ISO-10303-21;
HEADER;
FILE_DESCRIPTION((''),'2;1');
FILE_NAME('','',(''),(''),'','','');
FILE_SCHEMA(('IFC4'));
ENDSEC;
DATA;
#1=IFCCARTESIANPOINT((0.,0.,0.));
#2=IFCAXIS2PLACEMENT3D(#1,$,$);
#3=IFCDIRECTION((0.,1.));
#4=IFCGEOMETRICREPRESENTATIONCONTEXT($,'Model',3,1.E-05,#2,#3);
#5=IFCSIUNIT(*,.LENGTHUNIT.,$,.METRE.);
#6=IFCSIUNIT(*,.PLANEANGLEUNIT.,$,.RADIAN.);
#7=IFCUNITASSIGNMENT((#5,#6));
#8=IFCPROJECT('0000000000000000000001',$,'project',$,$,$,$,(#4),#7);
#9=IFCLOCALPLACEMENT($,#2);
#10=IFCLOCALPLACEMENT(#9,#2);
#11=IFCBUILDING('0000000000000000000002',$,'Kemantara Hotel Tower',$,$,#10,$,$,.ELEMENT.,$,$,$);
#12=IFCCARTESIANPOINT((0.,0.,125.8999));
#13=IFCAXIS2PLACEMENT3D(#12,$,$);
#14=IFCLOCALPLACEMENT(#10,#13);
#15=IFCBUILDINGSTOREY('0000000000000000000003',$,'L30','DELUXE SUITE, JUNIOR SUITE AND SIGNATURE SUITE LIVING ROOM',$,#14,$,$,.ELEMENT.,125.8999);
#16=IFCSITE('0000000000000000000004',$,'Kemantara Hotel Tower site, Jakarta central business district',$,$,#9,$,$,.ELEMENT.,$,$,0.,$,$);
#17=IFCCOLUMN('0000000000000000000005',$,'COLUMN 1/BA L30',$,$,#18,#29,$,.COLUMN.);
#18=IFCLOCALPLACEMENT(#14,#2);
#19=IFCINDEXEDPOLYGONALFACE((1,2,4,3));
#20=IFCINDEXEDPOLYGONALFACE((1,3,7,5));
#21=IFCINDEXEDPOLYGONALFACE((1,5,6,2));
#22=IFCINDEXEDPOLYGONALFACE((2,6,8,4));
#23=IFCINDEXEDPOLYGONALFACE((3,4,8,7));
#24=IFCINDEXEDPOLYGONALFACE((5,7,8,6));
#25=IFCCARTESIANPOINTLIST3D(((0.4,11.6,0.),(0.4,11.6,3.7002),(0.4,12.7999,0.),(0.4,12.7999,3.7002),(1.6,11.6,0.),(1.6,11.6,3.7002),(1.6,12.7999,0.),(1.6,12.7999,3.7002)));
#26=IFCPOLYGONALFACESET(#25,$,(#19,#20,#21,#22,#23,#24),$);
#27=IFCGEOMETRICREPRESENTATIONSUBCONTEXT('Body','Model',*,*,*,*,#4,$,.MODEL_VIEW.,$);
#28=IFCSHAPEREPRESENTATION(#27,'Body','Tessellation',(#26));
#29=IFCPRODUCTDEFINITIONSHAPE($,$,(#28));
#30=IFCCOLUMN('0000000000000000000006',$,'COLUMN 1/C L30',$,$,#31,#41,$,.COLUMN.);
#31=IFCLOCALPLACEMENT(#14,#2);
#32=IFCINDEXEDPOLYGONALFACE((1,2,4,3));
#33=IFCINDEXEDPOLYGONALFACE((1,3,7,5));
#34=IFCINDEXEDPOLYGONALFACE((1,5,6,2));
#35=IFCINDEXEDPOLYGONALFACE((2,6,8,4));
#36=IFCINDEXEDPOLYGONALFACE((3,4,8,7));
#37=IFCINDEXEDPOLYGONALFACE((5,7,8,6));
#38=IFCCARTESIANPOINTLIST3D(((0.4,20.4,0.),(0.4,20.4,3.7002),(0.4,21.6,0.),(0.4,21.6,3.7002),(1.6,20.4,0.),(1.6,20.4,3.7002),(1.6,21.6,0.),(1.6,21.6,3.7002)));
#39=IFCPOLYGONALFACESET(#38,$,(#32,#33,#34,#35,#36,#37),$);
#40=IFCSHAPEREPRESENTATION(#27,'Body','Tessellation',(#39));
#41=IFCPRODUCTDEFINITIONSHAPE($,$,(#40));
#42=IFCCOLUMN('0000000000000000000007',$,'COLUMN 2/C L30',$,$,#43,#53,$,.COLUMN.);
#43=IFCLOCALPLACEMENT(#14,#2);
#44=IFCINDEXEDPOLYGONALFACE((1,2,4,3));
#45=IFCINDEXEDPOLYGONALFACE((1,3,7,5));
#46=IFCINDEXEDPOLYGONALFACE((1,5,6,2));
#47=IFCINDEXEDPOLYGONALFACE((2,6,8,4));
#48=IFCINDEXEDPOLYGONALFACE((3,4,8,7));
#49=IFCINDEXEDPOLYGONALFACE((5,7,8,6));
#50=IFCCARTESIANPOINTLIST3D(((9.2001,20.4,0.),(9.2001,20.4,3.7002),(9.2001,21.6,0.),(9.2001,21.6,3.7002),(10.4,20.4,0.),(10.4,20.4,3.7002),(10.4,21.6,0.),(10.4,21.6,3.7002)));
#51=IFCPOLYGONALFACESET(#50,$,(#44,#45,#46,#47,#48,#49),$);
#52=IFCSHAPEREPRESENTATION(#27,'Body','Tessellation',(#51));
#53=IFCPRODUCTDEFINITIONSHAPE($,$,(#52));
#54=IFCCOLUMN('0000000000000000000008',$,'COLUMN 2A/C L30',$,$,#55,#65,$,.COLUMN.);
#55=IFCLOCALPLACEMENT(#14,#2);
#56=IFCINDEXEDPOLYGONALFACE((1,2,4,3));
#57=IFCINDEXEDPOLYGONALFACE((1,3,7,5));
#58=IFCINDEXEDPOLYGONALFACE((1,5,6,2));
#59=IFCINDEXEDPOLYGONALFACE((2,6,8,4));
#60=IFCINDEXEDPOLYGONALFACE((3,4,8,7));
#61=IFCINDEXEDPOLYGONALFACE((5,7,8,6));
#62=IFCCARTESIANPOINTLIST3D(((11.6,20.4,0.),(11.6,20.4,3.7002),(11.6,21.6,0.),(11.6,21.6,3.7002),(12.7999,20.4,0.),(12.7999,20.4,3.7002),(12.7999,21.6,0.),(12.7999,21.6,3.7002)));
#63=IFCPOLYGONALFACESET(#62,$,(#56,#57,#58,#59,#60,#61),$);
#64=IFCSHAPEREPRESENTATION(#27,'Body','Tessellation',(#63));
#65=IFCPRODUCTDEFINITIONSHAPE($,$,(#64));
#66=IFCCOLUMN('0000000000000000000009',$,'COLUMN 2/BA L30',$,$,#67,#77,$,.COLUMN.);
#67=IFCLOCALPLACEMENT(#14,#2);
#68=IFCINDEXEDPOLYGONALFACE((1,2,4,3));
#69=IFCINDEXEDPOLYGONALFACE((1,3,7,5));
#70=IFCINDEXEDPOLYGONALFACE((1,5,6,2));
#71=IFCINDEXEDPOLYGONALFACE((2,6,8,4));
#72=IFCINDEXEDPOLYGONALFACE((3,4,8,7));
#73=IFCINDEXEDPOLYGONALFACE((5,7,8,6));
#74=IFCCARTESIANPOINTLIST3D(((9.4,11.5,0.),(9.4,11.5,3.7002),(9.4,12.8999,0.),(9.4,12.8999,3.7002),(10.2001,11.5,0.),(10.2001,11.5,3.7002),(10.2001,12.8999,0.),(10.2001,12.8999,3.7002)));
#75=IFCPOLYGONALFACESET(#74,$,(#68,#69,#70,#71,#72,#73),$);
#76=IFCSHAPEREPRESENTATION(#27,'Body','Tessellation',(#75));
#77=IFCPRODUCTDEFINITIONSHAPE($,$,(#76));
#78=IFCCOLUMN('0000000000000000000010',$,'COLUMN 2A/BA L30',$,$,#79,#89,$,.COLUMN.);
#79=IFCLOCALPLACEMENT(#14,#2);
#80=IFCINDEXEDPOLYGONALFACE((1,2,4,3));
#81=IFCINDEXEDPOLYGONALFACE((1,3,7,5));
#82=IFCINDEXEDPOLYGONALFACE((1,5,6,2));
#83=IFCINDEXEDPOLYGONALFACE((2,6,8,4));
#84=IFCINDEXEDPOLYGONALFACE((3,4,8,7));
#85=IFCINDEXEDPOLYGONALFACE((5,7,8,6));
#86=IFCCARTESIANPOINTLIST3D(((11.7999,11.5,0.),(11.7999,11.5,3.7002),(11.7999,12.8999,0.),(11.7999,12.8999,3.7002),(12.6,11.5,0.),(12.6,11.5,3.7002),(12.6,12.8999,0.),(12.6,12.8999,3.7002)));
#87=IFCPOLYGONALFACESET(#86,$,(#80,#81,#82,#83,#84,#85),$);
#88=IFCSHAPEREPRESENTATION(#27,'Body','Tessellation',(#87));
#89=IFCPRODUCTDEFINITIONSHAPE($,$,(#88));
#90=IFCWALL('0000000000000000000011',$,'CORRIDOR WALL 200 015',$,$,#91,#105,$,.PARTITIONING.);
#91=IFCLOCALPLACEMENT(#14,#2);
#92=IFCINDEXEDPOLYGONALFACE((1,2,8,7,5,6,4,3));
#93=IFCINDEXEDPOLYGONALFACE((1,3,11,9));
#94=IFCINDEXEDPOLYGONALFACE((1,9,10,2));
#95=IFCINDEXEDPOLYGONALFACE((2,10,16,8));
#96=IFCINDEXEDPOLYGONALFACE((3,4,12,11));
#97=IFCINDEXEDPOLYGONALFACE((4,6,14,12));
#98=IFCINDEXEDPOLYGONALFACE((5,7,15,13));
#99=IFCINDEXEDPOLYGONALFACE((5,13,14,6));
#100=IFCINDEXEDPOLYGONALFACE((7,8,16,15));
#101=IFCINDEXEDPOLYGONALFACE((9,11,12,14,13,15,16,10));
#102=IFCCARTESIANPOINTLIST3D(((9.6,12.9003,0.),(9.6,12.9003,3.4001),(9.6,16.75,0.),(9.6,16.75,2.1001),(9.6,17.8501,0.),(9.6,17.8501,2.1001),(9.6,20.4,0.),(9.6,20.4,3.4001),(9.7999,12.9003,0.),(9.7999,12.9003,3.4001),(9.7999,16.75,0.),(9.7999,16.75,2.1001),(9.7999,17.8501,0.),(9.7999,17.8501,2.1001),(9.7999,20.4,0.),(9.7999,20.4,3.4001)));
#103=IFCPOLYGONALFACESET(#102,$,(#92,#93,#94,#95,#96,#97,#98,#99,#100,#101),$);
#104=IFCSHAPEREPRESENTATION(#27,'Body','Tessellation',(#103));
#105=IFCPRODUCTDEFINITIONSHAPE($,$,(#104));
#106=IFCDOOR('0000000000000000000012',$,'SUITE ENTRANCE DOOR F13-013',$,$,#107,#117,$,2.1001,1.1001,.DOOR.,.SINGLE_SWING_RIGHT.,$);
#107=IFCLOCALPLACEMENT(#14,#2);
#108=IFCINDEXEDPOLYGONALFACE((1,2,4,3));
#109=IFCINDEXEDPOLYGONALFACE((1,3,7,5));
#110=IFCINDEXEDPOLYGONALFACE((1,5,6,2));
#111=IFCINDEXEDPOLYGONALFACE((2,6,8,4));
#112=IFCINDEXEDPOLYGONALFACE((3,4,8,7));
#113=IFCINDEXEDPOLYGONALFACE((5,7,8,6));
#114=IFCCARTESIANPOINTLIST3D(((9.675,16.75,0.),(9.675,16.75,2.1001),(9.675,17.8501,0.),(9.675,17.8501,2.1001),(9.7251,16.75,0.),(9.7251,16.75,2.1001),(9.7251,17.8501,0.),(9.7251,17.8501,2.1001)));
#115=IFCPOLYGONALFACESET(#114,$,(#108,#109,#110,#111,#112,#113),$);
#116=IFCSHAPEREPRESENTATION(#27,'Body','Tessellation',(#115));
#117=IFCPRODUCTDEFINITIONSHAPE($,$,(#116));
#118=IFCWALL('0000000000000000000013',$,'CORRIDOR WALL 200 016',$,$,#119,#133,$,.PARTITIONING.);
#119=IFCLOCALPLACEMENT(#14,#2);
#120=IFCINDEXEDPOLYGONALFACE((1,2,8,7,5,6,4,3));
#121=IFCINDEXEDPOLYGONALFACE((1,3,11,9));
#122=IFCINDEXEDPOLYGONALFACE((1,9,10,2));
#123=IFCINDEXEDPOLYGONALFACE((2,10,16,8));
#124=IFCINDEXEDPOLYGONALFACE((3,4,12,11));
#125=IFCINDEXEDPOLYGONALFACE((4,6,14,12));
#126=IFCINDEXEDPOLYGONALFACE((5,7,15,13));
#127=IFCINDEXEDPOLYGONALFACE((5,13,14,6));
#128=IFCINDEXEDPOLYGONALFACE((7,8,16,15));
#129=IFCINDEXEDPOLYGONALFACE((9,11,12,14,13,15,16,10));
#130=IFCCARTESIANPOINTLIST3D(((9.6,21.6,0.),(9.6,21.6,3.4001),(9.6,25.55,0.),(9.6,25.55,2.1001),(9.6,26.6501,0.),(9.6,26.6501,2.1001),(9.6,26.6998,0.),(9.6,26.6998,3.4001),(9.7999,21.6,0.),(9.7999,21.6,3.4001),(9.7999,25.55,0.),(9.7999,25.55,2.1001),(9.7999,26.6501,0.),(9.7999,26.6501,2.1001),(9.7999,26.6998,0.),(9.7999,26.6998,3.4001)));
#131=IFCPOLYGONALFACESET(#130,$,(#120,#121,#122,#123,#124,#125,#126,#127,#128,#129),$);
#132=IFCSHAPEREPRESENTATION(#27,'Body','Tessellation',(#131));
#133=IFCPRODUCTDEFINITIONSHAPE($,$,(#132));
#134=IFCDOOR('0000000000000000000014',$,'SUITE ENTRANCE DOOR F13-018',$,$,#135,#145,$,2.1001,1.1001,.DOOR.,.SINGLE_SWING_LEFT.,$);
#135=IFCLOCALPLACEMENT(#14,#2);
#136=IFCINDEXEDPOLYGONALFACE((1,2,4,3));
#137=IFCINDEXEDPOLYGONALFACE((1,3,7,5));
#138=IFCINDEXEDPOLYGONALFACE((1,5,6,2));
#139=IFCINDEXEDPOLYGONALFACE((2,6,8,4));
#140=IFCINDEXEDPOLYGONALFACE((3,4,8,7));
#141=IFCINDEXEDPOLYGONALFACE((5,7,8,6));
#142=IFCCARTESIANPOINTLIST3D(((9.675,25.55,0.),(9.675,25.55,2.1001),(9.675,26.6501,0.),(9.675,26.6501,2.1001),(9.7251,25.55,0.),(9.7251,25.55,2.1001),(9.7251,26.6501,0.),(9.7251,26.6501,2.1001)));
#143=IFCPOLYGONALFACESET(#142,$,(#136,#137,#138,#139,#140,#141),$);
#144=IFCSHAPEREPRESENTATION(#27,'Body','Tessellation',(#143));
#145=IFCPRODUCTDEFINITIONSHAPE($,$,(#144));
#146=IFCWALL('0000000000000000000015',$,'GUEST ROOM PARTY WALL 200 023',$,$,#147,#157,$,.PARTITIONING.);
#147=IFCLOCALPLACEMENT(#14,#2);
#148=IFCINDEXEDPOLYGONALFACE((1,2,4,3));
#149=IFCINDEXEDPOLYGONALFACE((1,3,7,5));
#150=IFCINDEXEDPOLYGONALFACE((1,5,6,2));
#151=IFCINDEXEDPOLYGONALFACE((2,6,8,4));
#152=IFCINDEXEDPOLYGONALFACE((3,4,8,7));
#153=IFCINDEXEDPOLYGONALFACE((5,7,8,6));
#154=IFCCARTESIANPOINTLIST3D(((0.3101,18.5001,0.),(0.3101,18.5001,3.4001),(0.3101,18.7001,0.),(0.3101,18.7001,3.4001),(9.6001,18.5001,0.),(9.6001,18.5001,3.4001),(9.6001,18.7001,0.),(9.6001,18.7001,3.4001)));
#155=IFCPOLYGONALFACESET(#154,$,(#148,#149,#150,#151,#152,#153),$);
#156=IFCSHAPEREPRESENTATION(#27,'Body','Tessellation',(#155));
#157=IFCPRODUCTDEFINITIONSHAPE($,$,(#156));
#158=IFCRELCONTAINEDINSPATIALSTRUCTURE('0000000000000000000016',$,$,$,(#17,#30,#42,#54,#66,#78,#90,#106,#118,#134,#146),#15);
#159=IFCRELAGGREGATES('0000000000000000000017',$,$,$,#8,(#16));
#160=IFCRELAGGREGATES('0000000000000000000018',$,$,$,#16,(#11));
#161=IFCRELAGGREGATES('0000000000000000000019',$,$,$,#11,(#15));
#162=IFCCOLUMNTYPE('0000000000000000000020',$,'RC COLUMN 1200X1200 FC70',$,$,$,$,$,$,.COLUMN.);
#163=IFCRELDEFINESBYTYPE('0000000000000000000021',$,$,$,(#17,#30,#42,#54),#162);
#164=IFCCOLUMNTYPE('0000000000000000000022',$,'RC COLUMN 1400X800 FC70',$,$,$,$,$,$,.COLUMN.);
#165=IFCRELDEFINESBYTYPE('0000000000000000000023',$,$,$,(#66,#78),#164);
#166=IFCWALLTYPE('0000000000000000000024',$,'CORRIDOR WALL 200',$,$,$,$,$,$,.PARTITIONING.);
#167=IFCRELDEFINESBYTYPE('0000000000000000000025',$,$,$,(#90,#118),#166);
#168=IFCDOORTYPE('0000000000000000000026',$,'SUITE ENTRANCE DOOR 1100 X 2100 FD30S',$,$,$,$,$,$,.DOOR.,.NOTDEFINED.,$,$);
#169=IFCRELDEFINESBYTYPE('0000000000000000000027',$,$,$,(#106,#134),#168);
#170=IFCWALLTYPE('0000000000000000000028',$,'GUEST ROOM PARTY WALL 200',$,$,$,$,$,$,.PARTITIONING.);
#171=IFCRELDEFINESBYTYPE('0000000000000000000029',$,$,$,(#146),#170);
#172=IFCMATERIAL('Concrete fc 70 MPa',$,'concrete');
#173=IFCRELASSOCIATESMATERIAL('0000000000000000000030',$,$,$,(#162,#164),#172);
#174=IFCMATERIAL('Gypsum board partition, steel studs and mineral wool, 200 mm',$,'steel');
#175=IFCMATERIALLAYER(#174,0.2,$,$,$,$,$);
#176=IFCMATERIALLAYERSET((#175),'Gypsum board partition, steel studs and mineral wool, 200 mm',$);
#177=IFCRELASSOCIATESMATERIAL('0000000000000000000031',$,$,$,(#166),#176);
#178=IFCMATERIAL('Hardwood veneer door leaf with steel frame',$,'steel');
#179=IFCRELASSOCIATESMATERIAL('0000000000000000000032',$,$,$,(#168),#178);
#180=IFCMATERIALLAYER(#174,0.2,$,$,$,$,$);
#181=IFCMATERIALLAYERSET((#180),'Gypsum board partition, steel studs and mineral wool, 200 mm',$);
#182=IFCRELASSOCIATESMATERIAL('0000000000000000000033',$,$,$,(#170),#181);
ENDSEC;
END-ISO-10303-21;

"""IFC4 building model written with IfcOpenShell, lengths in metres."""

from ifc_helpers import new_model, si_unit, direction, frame, frame_2d, origin, origin_2d, place, context, subcontext, project, spatial, rectangle, extrude, material, layer, layer_set, material_profile, profile_set, type_object, element, fill, save


model = new_model("IFC4")

# Units and contexts
model_context = context("Model", 3, precision=1e-05, world=origin(), true_north=direction((0.0, 1.0)))
body_context = subcontext(model_context, "Body", "Model", "MODEL_VIEW")
ifc_project = project(units=[si_unit("LENGTHUNIT", "METRE"), si_unit("PLANEANGLEUNIT", "RADIAN")], contexts=[model_context])

# Site, building, storey
site_placement = place(None, origin())
site = spatial("IfcSite", under=ifc_project, at=site_placement, Name="Kemantara Hotel Tower site, Jakarta central business district", CompositionType="ELEMENT", RefElevation=0.0)
building_placement = place(site_placement, origin())
building = spatial("IfcBuilding", under=site, at=building_placement, Name="Kemantara Hotel Tower", CompositionType="ELEMENT")
storey_placement = place(building_placement, frame((0.0, 0.0, 125.8999)))
storey = spatial("IfcBuildingStorey", under=building, at=storey_placement, Name="L30", Description="DELUXE SUITE, JUNIOR SUITE AND SIGNATURE SUITE LIVING ROOM", CompositionType="ELEMENT", Elevation=125.8999)

# Columns
ifc_material_1 = material(Name="Concrete fc 70 MPa", Category="concrete")
ifc_material_profile_1 = material_profile(ifc_material_1, rectangle(XDim=1.2, YDim=1.2, at=origin_2d()), Name="RC 1200X1200")
ifc_profile_set_1 = profile_set([ifc_material_profile_1], Name="Concrete fc 70 MPa")
column_type_1 = type_object("IfcColumnType", Name="RC COLUMN 1200X1200 FC70", PredefinedType="COLUMN", material=ifc_profile_set_1)
for number, where, z_axis, x_axis, name in (
    (1, (1.0, 12.2, 0.0), (0.0, 0.0, 1.0), (1.0, 0.0, 0.0), "COLUMN 1/BA L30"),
    (2, (1.0, 21.0, 0.0), (0.0, 0.0, 1.0), (1.0, 0.0, 0.0), "COLUMN 1/C L30"),
    (3, (9.8, 21.0, 0.0), (0.0, 0.0, 1.0), (1.0, 0.0, 0.0), "COLUMN 2/C L30"),
    (4, (12.2, 21.0, 0.0), (0.0, 0.0, 1.0), (1.0, 0.0, 0.0), "COLUMN 2A/C L30"),
):
    element("IfcColumn", number, at=place(storey_placement, frame(where, z_axis=z_axis, x_axis=x_axis)), inside=storey, type_object=column_type_1, Name=name, PredefinedType="COLUMN", context=body_context, shape_type="SweptSolid", body=[
        extrude(rectangle(XDim=1.2, YDim=1.2, at=origin_2d()), origin(), (0.0, 0.0, 1.0), 3.7002),
    ])
ifc_material_profile_2 = material_profile(ifc_material_1, rectangle(XDim=1.3999, YDim=0.8, at=origin_2d()), Name="RC 1400X800")
ifc_profile_set_2 = profile_set([ifc_material_profile_2], Name="Concrete fc 70 MPa")
column_type_2 = type_object("IfcColumnType", Name="RC COLUMN 1400X800 FC70", PredefinedType="COLUMN", material=ifc_profile_set_2)
for number, where, z_axis, x_axis, name in (
    (5, (9.8, 12.2, 0.0), (0.0, 0.0, 1.0), (0.0, 1.0, 0.0), "COLUMN 2/BA L30"),
    (6, (12.2, 12.2, 0.0), (0.0, 0.0, 1.0), (0.0, 1.0, 0.0), "COLUMN 2A/BA L30"),
):
    element("IfcColumn", number, at=place(storey_placement, frame(where, z_axis=z_axis, x_axis=x_axis)), inside=storey, type_object=column_type_2, Name=name, PredefinedType="COLUMN", context=body_context, shape_type="SweptSolid", body=[
        extrude(rectangle(XDim=1.3999, YDim=0.8, at=origin_2d()), origin(), (0.0, 0.0, 1.0), 3.7002),
    ])

# Walls, openings, doors
ifc_material_2 = material(Name="Gypsum board partition, steel studs and mineral wool, 200 mm", Category="steel")
ifc_layer_1 = layer(ifc_material_2, 0.2)
ifc_layer_set_1 = layer_set([ifc_layer_1], Name="Gypsum board partition, steel studs and mineral wool, 200 mm")
wall_type_1 = type_object("IfcWallType", Name="CORRIDOR WALL 200", PredefinedType="PARTITIONING", material=ifc_layer_set_1)
wall_1_placement = place(storey_placement, frame((9.7, 12.9001, 0.0), z_axis=(0.0, 0.0, 1.0), x_axis=(0.0, 1.0, 0.0)))
wall_1 = element("IfcWall", 7, at=wall_1_placement, inside=storey, type_object=wall_type_1, Name="CORRIDOR WALL 200 015", PredefinedType="PARTITIONING", context=body_context, shape_type="SweptSolid", body=[
    extrude(rectangle(XDim=7.4998, YDim=0.2, at=frame_2d((3.75, 0.0))), origin(), (0.0, 0.0, 1.0), 3.4001),
])
opening_1_placement = place(wall_1_placement, frame((3.8499, 0.0, 0.0)))
opening_1 = element("IfcOpeningElement", 8, at=opening_1_placement, cuts=wall_1, PredefinedType="OPENING", context=body_context, shape_type="SweptSolid", body=[
    extrude(rectangle(XDim=1.1001, YDim=2.1001, at=frame_2d((0.55, 1.05))), frame((0.0, 0.1099, 0.0), z_axis=(0.0, -1.0, 0.0), x_axis=(1.0, 0.0, 0.0)), (0.0, 0.0, 1.0), 0.22),
])
ifc_material_3 = material(Name="Hardwood veneer door leaf with steel frame", Category="steel")
door_type = type_object("IfcDoorType", Name="SUITE ENTRANCE DOOR 1100 X 2100 FD30S", OperationType="NOTDEFINED", PredefinedType="DOOR", material=ifc_material_3)
door_1_placement = place(opening_1_placement, origin())
door_1 = element("IfcDoor", 9, at=door_1_placement, inside=storey, type_object=door_type, Name="SUITE ENTRANCE DOOR F13-013", OperationType="SINGLE_SWING_RIGHT", OverallHeight=2.1001, OverallWidth=1.1001, PredefinedType="DOOR", context=body_context, shape_type="SweptSolid", body=[
    extrude(rectangle(XDim=1.1001, YDim=2.1001, at=frame_2d((0.55, 1.05))), frame((0.0, 0.0249, 0.0), z_axis=(0.0, -1.0, 0.0), x_axis=(1.0, 0.0, 0.0)), (0.0, 0.0, 1.0), 0.05),
])
fill(opening_1, door_1)
wall_2_placement = place(storey_placement, frame((9.7, 21.6001, 0.0), z_axis=(0.0, 0.0, 1.0), x_axis=(0.0, 1.0, 0.0)))
wall_2 = element("IfcWall", 10, at=wall_2_placement, inside=storey, type_object=wall_type_1, Name="CORRIDOR WALL 200 016", PredefinedType="PARTITIONING", context=body_context, shape_type="SweptSolid", body=[
    extrude(rectangle(XDim=5.0999, YDim=0.2, at=frame_2d((2.5498, 0.0))), origin(), (0.0, 0.0, 1.0), 3.4001),
])
opening_2_placement = place(wall_2_placement, frame((3.95, 0.0, 0.0)))
opening_2 = element("IfcOpeningElement", 11, at=opening_2_placement, cuts=wall_2, PredefinedType="OPENING", context=body_context, shape_type="SweptSolid", body=[
    extrude(rectangle(XDim=1.1001, YDim=2.1001, at=frame_2d((0.55, 1.05))), frame((0.0, 0.1099, 0.0), z_axis=(0.0, -1.0, 0.0), x_axis=(1.0, 0.0, 0.0)), (0.0, 0.0, 1.0), 0.22),
])
door_2_placement = place(opening_2_placement, origin())
door_2 = element("IfcDoor", 12, at=door_2_placement, inside=storey, type_object=door_type, Name="SUITE ENTRANCE DOOR F13-018", OperationType="SINGLE_SWING_LEFT", OverallHeight=2.1001, OverallWidth=1.1001, PredefinedType="DOOR", context=body_context, shape_type="SweptSolid", body=[
    extrude(rectangle(XDim=1.1001, YDim=2.1001, at=frame_2d((0.55, 1.05))), frame((0.0, 0.0249, 0.0), z_axis=(0.0, -1.0, 0.0), x_axis=(1.0, 0.0, 0.0)), (0.0, 0.0, 1.0), 0.05),
])
fill(opening_2, door_2)

# Wall
ifc_layer_2 = layer(ifc_material_2, 0.2)
ifc_layer_set_2 = layer_set([ifc_layer_2], Name="Gypsum board partition, steel studs and mineral wool, 200 mm")
wall_type_2 = type_object("IfcWallType", Name="GUEST ROOM PARTY WALL 200", PredefinedType="PARTITIONING", material=ifc_layer_set_2)
wall_3_placement = place(storey_placement, frame((0.3101, 18.6001, 0.0), z_axis=(0.0, 0.0, 1.0), x_axis=(1.0, 0.0, 0.0)))
element("IfcWall", 13, at=wall_3_placement, inside=storey, type_object=wall_type_2, Name="GUEST ROOM PARTY WALL 200 023", PredefinedType="PARTITIONING", context=body_context, shape_type="SweptSolid", body=[
    extrude(rectangle(XDim=9.29, YDim=0.2, at=frame_2d((4.645, 0.0))), origin(), (0.0, 0.0, 1.0), 3.4001),
])

save(model, "model.ifc")
